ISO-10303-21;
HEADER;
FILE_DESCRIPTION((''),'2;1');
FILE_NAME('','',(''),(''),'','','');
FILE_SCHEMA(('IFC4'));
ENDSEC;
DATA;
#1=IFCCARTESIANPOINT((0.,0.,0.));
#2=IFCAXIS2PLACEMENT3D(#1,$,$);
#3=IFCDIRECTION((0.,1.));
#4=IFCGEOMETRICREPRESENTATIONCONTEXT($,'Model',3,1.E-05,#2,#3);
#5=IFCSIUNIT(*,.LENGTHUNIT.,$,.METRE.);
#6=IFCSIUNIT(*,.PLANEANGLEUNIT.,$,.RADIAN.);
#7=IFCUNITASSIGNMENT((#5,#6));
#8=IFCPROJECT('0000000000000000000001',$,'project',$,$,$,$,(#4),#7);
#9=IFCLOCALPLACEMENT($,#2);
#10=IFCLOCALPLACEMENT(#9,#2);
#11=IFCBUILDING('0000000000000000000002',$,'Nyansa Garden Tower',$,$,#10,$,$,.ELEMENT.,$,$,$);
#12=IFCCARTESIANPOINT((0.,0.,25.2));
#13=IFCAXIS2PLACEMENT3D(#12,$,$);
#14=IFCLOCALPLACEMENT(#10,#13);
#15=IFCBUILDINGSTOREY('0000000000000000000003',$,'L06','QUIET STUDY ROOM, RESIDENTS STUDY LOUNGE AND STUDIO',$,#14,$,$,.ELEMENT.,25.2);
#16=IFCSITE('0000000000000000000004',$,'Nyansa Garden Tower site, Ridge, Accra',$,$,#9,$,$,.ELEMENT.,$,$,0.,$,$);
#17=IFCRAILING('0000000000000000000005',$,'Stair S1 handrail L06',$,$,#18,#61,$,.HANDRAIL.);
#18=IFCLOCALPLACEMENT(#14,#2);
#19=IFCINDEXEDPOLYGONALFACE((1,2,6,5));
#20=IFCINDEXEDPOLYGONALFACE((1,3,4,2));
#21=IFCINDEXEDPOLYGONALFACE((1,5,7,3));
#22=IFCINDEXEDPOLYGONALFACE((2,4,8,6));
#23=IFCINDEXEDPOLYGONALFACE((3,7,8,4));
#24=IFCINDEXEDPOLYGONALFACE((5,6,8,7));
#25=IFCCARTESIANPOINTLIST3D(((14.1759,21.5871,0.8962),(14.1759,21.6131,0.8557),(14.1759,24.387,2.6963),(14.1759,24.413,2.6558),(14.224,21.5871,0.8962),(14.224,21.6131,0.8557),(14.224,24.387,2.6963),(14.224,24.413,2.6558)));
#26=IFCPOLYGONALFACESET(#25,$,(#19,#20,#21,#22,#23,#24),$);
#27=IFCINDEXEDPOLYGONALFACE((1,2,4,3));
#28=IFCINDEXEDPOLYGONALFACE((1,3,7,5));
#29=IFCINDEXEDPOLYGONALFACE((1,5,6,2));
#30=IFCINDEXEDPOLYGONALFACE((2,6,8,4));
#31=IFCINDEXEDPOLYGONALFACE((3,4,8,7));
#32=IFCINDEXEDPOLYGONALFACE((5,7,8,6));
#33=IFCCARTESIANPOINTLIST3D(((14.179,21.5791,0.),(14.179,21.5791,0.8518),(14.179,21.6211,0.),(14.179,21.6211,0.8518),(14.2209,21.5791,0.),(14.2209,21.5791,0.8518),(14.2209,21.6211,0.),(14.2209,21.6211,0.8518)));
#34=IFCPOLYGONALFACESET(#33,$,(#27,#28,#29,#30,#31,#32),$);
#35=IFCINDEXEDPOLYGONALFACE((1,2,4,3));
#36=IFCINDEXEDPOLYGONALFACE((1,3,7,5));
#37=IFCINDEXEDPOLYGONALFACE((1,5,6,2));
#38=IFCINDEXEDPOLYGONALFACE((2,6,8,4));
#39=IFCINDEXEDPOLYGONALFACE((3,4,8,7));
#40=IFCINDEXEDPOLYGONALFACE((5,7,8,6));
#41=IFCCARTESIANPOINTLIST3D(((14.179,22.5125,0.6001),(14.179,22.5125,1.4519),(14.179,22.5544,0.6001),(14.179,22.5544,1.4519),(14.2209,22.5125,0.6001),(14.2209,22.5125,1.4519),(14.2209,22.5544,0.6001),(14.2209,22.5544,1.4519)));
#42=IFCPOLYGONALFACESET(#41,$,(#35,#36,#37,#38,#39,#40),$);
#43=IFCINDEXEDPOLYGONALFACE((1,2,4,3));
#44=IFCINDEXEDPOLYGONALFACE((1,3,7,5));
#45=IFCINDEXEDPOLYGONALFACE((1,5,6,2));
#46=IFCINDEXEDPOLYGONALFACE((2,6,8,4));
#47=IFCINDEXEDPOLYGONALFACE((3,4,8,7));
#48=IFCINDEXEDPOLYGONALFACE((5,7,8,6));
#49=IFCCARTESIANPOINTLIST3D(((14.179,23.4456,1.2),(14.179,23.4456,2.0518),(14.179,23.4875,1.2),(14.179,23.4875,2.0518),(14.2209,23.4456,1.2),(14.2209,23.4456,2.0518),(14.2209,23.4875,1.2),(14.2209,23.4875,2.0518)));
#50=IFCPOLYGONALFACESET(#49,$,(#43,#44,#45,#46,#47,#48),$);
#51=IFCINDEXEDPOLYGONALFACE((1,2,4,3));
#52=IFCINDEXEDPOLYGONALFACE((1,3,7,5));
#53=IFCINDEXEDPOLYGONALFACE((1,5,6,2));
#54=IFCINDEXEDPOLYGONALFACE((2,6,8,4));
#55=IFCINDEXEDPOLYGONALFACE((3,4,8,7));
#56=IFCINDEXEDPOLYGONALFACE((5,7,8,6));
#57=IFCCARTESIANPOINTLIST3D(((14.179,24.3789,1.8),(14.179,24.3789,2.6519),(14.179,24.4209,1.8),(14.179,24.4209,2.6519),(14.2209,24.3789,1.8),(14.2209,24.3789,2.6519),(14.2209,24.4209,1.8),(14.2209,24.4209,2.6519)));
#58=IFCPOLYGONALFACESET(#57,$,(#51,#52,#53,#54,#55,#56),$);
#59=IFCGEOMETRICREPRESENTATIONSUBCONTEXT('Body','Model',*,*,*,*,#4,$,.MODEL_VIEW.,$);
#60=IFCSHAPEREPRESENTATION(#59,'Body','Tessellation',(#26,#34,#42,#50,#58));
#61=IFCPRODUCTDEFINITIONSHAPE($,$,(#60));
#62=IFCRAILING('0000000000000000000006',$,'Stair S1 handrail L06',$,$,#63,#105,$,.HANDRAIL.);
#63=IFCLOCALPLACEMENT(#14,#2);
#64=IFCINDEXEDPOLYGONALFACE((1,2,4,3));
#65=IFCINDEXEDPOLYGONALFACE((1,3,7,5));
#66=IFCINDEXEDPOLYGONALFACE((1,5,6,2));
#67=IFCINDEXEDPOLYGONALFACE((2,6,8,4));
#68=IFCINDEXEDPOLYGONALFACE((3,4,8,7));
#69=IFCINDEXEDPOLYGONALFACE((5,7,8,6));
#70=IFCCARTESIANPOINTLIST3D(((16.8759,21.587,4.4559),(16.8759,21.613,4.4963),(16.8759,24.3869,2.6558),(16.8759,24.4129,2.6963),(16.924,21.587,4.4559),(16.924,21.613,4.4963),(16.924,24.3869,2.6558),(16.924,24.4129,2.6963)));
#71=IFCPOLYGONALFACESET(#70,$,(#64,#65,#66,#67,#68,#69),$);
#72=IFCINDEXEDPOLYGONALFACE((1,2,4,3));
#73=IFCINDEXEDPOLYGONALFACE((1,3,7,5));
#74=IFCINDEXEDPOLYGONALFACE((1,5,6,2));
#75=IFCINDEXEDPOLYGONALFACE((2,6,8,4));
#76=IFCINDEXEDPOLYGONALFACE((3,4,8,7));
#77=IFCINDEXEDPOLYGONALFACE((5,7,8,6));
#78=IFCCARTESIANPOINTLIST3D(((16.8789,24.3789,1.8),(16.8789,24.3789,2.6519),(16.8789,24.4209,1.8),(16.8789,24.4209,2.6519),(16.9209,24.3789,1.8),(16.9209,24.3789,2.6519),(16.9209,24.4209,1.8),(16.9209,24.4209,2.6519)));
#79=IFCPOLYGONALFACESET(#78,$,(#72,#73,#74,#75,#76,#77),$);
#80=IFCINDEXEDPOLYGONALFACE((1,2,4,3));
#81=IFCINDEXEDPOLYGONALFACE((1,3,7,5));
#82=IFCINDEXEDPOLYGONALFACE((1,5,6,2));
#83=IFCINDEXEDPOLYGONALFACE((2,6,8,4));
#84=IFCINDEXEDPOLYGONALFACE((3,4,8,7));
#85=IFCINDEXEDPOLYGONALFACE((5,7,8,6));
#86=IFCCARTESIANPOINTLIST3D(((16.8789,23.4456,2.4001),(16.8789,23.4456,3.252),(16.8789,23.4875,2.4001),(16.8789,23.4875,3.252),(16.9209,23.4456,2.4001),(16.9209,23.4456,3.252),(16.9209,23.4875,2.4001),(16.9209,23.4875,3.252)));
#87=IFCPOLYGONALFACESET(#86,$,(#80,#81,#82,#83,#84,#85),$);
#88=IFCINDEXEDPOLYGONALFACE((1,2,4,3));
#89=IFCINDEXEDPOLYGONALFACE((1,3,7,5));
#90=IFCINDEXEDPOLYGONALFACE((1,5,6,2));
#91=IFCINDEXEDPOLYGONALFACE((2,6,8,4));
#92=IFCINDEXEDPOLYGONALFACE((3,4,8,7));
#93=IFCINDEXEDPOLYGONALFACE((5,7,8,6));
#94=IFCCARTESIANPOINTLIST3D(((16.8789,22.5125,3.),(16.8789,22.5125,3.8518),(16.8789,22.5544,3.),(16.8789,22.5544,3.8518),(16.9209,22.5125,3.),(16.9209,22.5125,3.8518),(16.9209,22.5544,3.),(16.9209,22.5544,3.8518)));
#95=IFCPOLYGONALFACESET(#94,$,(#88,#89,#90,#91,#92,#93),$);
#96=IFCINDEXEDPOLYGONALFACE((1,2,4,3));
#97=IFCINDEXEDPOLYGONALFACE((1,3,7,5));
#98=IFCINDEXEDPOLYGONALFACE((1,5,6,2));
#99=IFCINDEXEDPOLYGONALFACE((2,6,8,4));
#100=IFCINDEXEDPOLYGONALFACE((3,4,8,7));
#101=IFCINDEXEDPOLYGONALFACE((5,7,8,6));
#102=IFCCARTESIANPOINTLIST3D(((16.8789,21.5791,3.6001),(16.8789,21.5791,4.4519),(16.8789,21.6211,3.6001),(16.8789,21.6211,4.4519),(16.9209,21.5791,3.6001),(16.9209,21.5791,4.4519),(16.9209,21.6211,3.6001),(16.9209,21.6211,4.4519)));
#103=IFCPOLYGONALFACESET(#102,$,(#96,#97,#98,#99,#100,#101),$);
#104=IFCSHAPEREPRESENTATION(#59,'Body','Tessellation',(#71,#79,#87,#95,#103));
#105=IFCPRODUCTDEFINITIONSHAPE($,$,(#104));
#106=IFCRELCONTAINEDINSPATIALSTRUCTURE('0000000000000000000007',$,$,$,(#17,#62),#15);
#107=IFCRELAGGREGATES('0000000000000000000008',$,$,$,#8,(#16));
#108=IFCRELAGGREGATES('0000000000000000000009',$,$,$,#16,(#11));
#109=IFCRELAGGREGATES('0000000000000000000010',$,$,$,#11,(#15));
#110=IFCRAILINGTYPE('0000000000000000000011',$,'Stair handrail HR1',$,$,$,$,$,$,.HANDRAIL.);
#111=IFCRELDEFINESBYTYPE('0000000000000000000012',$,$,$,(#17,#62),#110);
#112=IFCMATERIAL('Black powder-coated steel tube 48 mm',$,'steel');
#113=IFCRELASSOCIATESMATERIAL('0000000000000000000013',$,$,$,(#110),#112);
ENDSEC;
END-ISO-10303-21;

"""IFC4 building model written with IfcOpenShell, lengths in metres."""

from ifc_helpers import new_model, si_unit, direction, frame, origin, origin_2d, place, context, subcontext, project, spatial, rectangle, extrude, material, type_object, element, save


model = new_model("IFC4")

# Units and contexts
model_context = context("Model", 3, precision=1e-05, world=origin(), true_north=direction((0.0, 1.0)))
body_context = subcontext(model_context, "Body", "Model", "MODEL_VIEW")
ifc_project = project(units=[si_unit("LENGTHUNIT", "METRE"), si_unit("PLANEANGLEUNIT", "RADIAN")], contexts=[model_context])

# Site, building, storey
site_placement = place(None, origin())
site = spatial("IfcSite", under=ifc_project, at=site_placement, Name="Nyansa Garden Tower site, Ridge, Accra", CompositionType="ELEMENT", RefElevation=0.0)
building_placement = place(site_placement, origin())
building = spatial("IfcBuilding", under=site, at=building_placement, Name="Nyansa Garden Tower", CompositionType="ELEMENT")
storey_placement = place(building_placement, frame((0.0, 0.0, 25.2)))
storey = spatial("IfcBuildingStorey", under=building, at=storey_placement, Name="L06", Description="QUIET STUDY ROOM, RESIDENTS STUDY LOUNGE AND STUDIO", CompositionType="ELEMENT", Elevation=25.2)

# Railings
ifc_material_1 = material(Name="Black powder-coated steel tube 48 mm", Category="steel")
railing_type = type_object("IfcRailingType", Name="Stair handrail HR1", PredefinedType="HANDRAIL", material=ifc_material_1)
railing_1_placement = place(storey_placement, frame((14.2, 21.6001, 0.0)))
element("IfcRailing", 1, at=railing_1_placement, inside=storey, type_object=railing_type, Name="Stair S1 handrail L06", PredefinedType="HANDRAIL", context=body_context, shape_type="SweptSolid", body=[
    extrude(rectangle(XDim=0.0481, YDim=0.0481, at=origin_2d()), frame((0.0, 0.0, 0.876), z_axis=(0.0, 0.841155, 0.540795), x_axis=(-1.0, 0.0, 0.0)), (0.0, 0.0, 1.0), 3.3286),
    extrude(rectangle(XDim=0.042, YDim=0.042, at=origin_2d()), origin(), (0.0, 0.0, 1.0), 0.8518),
    extrude(rectangle(XDim=0.042, YDim=0.042, at=origin_2d()), frame((0.0, 0.9333, 0.6001)), (0.0, 0.0, 1.0), 0.8518),
    extrude(rectangle(XDim=0.042, YDim=0.042, at=origin_2d()), frame((0.0, 1.8665, 1.2)), (0.0, 0.0, 1.0), 0.8518),
    extrude(rectangle(XDim=0.042, YDim=0.042, at=origin_2d()), frame((0.0, 2.7998, 1.8)), (0.0, 0.0, 1.0), 0.8518),
])
railing_2_placement = place(storey_placement, frame((16.8999, 24.3999, 1.8)))
element("IfcRailing", 2, at=railing_2_placement, inside=storey, type_object=railing_type, Name="Stair S1 handrail L06", PredefinedType="HANDRAIL", context=body_context, shape_type="SweptSolid", body=[
    extrude(rectangle(XDim=0.0481, YDim=0.0481, at=origin_2d()), frame((0.0, 0.0, 0.876), z_axis=(0.0, -0.841155, 0.540795), x_axis=(1.0, 0.0, 0.0)), (0.0, 0.0, 1.0), 3.3286),
    extrude(rectangle(XDim=0.042, YDim=0.042, at=origin_2d()), origin(), (0.0, 0.0, 1.0), 0.8518),
    extrude(rectangle(XDim=0.042, YDim=0.042, at=origin_2d()), frame((0.0, -0.9333, 0.6001)), (0.0, 0.0, 1.0), 0.8518),
    extrude(rectangle(XDim=0.042, YDim=0.042, at=origin_2d()), frame((0.0, -1.8665, 1.2)), (0.0, 0.0, 1.0), 0.8518),
    extrude(rectangle(XDim=0.042, YDim=0.042, at=origin_2d()), frame((0.0, -2.7998, 1.8)), (0.0, 0.0, 1.0), 0.8518),
])

save(model, "model.ifc")
